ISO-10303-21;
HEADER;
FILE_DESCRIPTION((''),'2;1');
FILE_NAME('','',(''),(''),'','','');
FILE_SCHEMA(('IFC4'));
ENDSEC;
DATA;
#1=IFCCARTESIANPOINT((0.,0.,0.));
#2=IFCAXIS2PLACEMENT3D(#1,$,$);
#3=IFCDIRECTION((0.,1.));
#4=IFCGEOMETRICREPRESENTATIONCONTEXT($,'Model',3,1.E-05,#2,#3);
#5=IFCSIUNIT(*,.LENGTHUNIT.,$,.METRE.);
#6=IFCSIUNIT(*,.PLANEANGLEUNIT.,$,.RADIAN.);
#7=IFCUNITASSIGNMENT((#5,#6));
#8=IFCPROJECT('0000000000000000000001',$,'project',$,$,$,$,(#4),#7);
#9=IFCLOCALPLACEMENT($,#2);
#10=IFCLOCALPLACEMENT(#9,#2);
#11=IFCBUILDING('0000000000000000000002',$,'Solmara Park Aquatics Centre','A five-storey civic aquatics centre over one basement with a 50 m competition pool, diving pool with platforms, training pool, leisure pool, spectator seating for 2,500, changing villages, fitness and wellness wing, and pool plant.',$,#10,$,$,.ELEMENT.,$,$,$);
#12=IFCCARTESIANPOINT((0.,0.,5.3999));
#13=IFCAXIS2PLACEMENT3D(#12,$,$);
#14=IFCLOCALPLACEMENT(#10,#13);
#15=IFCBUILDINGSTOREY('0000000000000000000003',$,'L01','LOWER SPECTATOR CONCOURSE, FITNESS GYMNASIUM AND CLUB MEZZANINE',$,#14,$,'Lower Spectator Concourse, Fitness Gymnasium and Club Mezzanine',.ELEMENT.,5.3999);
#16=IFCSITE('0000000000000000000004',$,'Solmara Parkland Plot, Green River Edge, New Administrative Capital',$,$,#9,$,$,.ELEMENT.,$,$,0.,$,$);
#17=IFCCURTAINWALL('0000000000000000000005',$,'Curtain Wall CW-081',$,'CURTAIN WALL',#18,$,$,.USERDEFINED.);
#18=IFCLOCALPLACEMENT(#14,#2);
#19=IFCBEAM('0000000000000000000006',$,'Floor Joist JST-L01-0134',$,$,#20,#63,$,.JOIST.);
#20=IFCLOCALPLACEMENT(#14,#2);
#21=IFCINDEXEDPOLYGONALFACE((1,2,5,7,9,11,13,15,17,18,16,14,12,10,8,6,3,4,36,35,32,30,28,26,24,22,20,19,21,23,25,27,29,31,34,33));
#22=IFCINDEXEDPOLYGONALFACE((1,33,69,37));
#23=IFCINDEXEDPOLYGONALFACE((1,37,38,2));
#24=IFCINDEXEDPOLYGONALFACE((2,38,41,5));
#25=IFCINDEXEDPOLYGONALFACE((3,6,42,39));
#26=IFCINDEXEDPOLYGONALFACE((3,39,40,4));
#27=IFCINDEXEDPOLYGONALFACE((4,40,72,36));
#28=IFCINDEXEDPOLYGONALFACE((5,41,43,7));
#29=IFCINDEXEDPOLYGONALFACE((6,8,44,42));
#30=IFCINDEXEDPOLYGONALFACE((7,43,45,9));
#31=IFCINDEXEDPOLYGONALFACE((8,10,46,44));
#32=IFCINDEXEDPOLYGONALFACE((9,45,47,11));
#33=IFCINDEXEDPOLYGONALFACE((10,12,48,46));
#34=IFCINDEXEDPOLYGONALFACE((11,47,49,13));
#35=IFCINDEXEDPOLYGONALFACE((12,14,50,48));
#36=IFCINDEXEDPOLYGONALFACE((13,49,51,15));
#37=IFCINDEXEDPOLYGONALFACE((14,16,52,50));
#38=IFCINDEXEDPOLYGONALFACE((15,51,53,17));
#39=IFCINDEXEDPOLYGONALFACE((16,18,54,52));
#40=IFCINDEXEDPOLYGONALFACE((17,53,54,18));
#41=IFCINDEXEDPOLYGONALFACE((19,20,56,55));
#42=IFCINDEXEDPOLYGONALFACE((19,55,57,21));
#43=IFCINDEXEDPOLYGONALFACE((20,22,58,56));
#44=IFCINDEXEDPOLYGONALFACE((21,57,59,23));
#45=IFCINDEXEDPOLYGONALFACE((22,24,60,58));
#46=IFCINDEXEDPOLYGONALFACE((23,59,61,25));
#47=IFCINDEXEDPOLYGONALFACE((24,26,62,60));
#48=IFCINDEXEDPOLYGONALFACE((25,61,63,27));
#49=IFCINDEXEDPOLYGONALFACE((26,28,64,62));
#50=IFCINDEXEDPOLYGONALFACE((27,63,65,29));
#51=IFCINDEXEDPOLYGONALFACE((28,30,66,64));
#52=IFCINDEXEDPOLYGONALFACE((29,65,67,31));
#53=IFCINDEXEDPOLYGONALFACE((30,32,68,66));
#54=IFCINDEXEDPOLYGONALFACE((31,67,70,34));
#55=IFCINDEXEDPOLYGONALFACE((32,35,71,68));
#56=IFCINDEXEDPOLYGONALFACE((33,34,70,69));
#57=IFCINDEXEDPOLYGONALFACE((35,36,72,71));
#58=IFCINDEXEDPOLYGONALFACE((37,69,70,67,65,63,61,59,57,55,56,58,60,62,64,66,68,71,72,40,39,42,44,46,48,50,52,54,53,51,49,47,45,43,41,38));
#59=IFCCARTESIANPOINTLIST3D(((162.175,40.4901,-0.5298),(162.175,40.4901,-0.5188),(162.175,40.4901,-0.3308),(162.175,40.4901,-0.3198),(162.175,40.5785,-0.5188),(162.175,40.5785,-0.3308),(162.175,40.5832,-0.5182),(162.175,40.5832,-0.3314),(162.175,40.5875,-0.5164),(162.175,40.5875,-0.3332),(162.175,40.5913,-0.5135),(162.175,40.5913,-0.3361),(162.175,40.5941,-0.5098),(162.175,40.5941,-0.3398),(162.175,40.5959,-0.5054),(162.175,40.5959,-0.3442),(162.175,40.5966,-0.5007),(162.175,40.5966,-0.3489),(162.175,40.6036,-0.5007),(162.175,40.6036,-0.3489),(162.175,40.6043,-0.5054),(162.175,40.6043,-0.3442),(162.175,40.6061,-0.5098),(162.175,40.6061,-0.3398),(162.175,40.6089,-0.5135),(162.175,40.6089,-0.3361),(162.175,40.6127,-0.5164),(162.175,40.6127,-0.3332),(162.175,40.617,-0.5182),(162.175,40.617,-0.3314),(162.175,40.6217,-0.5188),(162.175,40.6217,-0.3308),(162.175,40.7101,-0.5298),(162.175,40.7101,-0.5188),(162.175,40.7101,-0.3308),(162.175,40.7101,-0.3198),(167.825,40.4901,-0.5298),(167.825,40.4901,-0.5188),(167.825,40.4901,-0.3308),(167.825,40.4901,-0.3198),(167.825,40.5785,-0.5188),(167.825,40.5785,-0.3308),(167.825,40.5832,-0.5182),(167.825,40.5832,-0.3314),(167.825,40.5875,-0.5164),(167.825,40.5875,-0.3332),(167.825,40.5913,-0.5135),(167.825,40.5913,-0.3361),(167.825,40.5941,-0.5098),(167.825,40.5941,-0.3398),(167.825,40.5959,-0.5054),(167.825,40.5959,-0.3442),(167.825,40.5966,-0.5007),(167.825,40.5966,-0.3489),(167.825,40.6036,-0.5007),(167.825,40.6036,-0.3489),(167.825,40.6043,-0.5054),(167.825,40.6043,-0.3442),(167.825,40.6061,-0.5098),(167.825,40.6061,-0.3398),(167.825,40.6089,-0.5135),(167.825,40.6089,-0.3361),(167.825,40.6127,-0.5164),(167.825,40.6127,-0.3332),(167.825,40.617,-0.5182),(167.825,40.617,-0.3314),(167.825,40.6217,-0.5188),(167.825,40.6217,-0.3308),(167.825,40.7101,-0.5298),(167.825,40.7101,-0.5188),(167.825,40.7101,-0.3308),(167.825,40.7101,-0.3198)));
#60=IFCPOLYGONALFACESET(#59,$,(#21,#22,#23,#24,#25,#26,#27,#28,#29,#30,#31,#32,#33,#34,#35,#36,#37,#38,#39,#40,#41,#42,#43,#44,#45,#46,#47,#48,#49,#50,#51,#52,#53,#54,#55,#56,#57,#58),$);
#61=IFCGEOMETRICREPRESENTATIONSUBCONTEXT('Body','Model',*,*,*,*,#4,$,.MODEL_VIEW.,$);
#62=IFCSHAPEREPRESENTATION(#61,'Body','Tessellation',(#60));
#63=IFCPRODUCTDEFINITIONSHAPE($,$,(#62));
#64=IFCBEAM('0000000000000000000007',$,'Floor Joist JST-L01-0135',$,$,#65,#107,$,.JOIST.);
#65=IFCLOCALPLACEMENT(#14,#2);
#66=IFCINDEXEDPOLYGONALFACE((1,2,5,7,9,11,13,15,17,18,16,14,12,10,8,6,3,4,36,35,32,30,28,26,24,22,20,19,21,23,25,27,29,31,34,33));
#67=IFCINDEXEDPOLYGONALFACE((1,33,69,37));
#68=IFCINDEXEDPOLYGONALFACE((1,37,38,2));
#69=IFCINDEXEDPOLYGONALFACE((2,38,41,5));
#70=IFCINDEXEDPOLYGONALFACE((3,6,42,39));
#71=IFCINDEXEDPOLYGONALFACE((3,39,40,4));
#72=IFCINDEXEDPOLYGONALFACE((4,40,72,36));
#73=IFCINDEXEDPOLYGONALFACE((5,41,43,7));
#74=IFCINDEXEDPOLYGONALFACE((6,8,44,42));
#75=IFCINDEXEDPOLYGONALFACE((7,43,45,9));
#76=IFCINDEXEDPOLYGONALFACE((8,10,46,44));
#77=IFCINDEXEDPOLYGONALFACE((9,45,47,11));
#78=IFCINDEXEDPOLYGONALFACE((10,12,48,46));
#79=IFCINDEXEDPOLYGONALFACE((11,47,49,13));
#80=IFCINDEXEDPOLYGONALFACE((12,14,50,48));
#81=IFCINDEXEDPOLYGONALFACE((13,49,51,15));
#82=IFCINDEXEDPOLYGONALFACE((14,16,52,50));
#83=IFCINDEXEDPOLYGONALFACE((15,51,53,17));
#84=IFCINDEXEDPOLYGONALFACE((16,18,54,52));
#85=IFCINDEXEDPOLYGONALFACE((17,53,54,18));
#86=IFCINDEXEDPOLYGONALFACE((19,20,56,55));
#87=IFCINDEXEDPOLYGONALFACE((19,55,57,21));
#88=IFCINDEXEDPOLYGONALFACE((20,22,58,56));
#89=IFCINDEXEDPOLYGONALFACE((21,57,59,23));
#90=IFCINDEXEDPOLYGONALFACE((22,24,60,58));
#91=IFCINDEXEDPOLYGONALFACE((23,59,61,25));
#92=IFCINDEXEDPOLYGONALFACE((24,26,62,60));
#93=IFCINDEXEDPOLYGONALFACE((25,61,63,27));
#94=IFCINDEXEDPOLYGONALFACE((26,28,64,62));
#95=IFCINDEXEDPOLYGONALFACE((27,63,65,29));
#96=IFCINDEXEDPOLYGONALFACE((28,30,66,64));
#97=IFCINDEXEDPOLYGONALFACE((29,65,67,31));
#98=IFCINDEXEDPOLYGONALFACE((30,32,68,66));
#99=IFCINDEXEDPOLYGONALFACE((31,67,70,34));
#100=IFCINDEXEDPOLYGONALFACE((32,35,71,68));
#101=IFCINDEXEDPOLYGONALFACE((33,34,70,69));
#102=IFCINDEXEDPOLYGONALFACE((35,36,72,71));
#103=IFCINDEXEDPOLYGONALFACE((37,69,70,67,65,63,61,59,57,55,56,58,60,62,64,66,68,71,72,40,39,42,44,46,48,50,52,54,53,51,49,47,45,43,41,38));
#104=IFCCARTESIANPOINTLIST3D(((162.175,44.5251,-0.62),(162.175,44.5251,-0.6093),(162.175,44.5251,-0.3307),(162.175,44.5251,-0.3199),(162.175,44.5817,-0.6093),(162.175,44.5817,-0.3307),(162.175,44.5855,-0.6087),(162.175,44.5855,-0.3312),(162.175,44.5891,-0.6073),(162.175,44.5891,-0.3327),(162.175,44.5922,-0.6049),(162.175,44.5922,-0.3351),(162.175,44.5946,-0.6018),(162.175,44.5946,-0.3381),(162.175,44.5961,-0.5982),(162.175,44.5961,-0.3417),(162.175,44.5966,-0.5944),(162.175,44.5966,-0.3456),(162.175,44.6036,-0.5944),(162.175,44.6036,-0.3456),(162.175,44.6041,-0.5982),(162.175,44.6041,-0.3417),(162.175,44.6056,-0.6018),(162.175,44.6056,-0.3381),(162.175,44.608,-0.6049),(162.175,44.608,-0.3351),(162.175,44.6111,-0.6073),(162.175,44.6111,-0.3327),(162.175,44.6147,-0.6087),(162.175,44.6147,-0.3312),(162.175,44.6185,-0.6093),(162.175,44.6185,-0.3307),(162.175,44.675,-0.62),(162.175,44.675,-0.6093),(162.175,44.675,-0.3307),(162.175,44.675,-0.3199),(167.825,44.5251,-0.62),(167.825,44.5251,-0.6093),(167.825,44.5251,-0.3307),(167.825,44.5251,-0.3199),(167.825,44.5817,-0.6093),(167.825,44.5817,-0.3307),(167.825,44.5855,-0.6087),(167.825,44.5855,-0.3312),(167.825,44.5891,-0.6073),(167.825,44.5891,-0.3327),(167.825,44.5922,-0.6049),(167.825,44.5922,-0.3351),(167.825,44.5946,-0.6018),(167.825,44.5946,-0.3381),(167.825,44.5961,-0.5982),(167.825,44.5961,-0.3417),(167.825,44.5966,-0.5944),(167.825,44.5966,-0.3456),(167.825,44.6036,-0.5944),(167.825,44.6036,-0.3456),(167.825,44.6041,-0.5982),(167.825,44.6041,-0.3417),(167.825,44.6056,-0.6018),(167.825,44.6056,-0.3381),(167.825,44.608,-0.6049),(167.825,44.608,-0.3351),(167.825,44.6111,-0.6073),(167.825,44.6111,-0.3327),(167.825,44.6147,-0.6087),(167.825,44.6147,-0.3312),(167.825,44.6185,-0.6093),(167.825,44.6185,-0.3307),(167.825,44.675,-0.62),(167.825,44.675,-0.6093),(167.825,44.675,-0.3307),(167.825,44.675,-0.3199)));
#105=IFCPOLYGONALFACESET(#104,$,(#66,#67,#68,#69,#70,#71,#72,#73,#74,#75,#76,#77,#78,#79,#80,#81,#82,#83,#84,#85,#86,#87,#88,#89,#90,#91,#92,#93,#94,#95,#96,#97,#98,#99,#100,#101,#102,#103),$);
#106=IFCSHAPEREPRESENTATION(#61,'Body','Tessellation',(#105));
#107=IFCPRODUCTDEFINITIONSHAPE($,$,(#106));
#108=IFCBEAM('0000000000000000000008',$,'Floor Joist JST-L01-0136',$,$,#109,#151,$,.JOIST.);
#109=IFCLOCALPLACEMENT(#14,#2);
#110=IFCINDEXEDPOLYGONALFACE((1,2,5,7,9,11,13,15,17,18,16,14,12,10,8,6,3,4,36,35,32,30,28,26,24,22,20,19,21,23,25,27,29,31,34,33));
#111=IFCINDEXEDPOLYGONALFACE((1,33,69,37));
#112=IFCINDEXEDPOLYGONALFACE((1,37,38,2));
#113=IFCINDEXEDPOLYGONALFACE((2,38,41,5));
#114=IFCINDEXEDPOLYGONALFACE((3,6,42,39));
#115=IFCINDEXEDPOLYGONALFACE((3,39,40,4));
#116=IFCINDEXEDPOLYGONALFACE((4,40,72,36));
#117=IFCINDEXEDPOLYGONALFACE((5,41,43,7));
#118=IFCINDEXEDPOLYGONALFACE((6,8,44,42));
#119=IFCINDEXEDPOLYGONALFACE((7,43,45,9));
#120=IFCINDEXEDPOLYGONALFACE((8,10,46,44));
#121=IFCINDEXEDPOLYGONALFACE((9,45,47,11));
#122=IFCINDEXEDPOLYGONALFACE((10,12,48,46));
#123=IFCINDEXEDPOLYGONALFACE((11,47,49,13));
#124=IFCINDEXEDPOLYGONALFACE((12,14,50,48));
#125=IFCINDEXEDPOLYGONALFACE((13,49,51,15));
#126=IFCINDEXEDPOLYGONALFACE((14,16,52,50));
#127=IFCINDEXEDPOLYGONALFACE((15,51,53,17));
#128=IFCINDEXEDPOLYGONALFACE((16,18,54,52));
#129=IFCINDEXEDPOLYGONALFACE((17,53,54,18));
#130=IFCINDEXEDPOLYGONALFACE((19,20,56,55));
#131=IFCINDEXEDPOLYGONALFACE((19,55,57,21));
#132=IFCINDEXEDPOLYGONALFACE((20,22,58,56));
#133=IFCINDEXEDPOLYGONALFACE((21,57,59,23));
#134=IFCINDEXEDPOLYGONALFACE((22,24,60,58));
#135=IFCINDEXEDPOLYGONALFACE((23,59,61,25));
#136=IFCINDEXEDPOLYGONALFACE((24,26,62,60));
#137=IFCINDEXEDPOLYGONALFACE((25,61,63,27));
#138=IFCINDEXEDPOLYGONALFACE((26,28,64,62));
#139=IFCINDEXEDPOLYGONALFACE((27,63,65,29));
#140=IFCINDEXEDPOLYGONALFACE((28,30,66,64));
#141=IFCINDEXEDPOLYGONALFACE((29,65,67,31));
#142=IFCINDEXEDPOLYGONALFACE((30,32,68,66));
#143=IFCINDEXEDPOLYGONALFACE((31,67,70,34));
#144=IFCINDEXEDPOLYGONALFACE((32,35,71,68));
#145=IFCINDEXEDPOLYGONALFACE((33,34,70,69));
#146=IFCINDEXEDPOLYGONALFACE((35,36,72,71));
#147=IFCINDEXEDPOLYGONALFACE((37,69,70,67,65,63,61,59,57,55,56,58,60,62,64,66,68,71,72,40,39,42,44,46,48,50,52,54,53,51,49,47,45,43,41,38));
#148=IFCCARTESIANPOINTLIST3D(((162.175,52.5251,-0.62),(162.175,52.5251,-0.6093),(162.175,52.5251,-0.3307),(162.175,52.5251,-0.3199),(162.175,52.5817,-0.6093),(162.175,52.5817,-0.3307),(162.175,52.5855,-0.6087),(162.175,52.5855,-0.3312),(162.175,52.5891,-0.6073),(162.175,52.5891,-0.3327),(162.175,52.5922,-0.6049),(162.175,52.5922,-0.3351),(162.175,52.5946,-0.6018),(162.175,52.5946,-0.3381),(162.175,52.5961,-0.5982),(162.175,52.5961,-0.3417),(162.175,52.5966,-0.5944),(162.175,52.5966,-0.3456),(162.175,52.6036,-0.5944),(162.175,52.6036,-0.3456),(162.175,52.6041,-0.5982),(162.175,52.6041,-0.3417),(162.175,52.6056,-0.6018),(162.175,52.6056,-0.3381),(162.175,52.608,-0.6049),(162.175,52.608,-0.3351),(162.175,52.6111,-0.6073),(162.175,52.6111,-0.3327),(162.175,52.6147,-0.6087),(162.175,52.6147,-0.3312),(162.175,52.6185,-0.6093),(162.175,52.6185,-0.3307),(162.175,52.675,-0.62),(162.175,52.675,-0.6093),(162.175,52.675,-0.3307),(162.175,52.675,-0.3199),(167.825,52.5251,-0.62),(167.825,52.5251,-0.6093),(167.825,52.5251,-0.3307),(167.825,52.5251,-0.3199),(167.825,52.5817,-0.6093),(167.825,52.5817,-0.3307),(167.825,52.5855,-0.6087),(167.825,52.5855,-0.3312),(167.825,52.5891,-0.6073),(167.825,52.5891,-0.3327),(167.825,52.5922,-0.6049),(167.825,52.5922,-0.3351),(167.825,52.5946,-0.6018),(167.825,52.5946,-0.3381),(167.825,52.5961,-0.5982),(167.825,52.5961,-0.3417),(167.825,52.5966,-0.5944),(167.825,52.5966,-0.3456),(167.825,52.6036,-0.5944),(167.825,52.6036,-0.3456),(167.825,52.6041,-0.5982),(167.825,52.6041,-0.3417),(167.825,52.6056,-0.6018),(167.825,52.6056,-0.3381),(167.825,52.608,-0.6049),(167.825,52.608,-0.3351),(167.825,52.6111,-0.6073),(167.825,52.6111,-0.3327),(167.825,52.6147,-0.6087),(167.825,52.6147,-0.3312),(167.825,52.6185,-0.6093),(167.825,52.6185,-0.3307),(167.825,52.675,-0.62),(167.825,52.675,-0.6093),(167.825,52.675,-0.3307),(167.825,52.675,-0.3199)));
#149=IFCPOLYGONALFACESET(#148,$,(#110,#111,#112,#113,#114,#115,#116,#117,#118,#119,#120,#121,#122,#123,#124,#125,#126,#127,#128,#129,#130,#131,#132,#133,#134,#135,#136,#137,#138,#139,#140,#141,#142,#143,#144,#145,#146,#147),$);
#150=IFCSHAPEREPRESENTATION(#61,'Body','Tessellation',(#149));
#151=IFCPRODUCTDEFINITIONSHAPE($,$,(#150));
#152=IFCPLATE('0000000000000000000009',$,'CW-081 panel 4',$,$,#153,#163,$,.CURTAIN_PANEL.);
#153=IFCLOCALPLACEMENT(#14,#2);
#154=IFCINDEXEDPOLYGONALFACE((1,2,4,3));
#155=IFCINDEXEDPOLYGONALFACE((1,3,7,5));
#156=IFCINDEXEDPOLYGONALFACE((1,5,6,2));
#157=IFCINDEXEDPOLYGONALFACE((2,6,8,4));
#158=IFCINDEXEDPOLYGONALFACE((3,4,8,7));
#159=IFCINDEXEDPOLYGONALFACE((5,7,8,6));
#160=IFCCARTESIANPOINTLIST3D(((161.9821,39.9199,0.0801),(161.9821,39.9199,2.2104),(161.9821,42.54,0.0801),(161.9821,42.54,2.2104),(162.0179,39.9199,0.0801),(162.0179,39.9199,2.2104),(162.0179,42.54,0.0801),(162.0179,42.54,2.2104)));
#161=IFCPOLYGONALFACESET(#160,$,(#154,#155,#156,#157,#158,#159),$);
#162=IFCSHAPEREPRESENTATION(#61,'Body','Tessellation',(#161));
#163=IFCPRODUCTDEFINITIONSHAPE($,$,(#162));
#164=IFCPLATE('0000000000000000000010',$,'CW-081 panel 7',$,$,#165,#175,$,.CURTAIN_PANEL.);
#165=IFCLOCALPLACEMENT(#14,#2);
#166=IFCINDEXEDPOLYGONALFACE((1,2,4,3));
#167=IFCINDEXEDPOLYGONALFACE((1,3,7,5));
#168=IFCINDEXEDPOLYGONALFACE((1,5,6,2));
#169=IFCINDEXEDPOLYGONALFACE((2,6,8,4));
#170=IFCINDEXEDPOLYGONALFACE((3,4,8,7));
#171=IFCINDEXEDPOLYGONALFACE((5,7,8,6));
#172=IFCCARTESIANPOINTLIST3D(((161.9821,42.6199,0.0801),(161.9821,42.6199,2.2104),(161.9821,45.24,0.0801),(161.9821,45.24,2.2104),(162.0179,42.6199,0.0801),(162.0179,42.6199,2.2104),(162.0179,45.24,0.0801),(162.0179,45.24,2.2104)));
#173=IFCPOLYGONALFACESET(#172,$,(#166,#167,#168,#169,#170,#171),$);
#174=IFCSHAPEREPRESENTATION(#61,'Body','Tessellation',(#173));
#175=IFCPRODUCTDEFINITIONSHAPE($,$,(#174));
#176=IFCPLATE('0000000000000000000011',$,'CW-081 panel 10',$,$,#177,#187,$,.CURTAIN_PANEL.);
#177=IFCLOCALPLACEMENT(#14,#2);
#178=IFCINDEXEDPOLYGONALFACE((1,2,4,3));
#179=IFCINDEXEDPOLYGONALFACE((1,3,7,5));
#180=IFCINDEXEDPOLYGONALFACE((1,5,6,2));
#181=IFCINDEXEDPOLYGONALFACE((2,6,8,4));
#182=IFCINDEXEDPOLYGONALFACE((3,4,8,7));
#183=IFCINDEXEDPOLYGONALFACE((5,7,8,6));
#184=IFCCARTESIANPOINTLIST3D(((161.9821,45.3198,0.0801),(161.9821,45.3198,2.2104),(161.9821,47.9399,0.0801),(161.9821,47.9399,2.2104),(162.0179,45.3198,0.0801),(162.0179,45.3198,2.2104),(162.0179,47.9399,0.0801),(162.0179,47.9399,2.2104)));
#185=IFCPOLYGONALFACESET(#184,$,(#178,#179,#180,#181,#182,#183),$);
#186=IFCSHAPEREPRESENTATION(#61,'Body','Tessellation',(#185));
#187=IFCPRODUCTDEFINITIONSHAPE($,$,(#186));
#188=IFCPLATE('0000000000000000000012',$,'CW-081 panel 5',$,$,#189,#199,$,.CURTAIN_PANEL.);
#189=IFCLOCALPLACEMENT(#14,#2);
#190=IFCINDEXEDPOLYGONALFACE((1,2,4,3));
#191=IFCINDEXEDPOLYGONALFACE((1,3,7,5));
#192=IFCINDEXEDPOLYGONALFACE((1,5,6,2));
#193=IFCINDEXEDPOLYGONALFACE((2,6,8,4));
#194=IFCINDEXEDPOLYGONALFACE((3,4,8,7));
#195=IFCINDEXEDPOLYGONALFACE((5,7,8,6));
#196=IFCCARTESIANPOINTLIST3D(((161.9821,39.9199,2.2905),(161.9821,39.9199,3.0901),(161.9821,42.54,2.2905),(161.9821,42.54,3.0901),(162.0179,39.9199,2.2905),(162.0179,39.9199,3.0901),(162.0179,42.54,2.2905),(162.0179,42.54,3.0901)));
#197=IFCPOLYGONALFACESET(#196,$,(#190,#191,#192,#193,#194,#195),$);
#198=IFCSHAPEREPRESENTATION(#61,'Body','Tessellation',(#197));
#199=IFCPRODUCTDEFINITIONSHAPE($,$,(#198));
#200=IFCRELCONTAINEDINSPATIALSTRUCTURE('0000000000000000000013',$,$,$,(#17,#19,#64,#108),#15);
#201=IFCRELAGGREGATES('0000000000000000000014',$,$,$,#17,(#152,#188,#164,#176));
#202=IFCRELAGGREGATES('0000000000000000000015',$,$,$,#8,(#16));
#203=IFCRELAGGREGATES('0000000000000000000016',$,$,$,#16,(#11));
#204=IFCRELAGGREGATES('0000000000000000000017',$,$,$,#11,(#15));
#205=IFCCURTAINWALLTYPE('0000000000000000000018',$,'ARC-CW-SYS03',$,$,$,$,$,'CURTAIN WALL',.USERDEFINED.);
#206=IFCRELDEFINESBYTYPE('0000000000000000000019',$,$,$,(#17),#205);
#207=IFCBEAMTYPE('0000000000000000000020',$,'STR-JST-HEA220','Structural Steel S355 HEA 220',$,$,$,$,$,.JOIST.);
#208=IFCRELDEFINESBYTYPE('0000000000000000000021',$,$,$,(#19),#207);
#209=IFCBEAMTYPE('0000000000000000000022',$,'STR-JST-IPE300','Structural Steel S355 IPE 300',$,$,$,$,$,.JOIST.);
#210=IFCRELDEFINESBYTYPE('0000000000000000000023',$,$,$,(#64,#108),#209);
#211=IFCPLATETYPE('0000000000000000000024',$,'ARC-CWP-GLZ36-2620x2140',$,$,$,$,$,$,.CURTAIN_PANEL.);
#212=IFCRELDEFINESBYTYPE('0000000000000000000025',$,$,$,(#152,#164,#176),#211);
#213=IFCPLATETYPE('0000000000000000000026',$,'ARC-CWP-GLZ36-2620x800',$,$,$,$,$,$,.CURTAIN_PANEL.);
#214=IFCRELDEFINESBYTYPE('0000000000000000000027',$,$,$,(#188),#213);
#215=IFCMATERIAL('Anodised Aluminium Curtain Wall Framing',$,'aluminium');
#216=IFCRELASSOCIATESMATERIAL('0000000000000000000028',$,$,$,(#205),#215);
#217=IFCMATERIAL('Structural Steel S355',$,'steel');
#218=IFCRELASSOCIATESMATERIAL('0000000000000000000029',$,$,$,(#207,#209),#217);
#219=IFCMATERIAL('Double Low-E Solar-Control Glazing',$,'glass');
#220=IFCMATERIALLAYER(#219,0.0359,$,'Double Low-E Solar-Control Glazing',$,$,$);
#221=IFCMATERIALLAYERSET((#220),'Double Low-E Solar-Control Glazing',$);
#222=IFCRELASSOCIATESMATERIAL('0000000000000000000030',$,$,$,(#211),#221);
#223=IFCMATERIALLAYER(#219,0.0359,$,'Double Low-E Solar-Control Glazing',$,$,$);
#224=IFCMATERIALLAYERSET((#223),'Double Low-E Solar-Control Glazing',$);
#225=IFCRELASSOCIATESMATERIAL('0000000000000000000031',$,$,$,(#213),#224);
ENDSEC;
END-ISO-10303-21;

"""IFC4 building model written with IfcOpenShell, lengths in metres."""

from ifc_helpers import new_model, si_unit, direction, frame, origin, origin_2d, place, context, subcontext, project, spatial, rectangle, i_section, extrude, material, layer, layer_set, material_profile, profile_set, type_object, element, aggregate, save


model = new_model("IFC4")

# Units and contexts
model_context = context("Model", 3, precision=1e-05, world=origin(), true_north=direction((0.0, 1.0)))
body_context = subcontext(model_context, "Body", "Model", "MODEL_VIEW")
ifc_project = project(units=[si_unit("LENGTHUNIT", "METRE"), si_unit("PLANEANGLEUNIT", "RADIAN")], contexts=[model_context])

# Site, building, storey
site_placement = place(None, origin())
site = spatial("IfcSite", under=ifc_project, at=site_placement, Name="Solmara Parkland Plot, Green River Edge, New Administrative Capital", CompositionType="ELEMENT", RefElevation=0.0)
building_placement = place(site_placement, origin())
building = spatial("IfcBuilding", under=site, at=building_placement, Name="Solmara Park Aquatics Centre", Description="A five-storey civic aquatics centre over one basement with a 50 m competition pool, diving pool with platforms, training pool, leisure pool, spectator seating for 2,500, changing villages, fitness and wellness wing, and pool plant.", CompositionType="ELEMENT")
storey_placement = place(building_placement, frame((0.0, 0.0, 5.3999)))
storey = spatial("IfcBuildingStorey", under=building, at=storey_placement, Name="L01", Description="LOWER SPECTATOR CONCOURSE, FITNESS GYMNASIUM AND CLUB MEZZANINE", LongName="Lower Spectator Concourse, Fitness Gymnasium and Club Mezzanine", CompositionType="ELEMENT", Elevation=5.3999)

# Shared definitions
ifc_material_1 = material(Name="Structural Steel S355", Category="steel")

# Curtain wall
ifc_material_2 = material(Name="Anodised Aluminium Curtain Wall Framing", Category="aluminium")
curtain_wall_type = type_object("IfcCurtainWallType", Name="ARC-CW-SYS03", ElementType="CURTAIN WALL", PredefinedType="USERDEFINED", material=ifc_material_2)
curtain_wall_placement = place(storey_placement, origin())
curtain_wall = element("IfcCurtainWall", 1, at=curtain_wall_placement, inside=storey, type_object=curtain_wall_type, Name="Curtain Wall CW-081", ObjectType="CURTAIN WALL", PredefinedType="USERDEFINED")

# Beams
ifc_material_profile_1 = material_profile(ifc_material_1, i_section(OverallWidth=0.22, OverallDepth=0.21, WebThickness=0.0071, FlangeThickness=0.011, FilletRadius=0.0181, at=origin_2d()), Name="HEA 220")
ifc_profile_set_1 = profile_set([ifc_material_profile_1], Name="Structural Steel S355")
beam_type_1 = type_object("IfcBeamType", Name="STR-JST-HEA220", Description="Structural Steel S355 HEA 220", PredefinedType="JOIST", material=ifc_profile_set_1)
beam_1_placement = place(storey_placement, frame((162.175, 40.6001, -0.4248), z_axis=(1.0, 0.0, 0.0), x_axis=(0.0, 1.0, 0.0)))
element("IfcBeam", 2, at=beam_1_placement, inside=storey, type_object=beam_type_1, Name="Floor Joist JST-L01-0134", PredefinedType="JOIST", context=body_context, shape_type="SweptSolid", body=[
    extrude(i_section(OverallWidth=0.22, OverallDepth=0.21, WebThickness=0.0071, FlangeThickness=0.011, FilletRadius=0.0181, at=origin_2d()), origin(), (0.0, 0.0, 1.0), 5.6499),
])
ifc_material_profile_2 = material_profile(ifc_material_1, i_section(OverallWidth=0.1499, OverallDepth=0.3, WebThickness=0.0071, FlangeThickness=0.0107, FilletRadius=0.0149, at=origin_2d()), Name="IPE 300")
ifc_profile_set_2 = profile_set([ifc_material_profile_2], Name="Structural Steel S355")
beam_type_2 = type_object("IfcBeamType", Name="STR-JST-IPE300", Description="Structural Steel S355 IPE 300", PredefinedType="JOIST", material=ifc_profile_set_2)
for number, where, z_axis, x_axis, name in (
    (3, (162.175, 44.6001, -0.47), (1.0, 0.0, 0.0), (0.0, 1.0, 0.0), "Floor Joist JST-L01-0135"),
    (4, (162.175, 52.6001, -0.47), (1.0, 0.0, 0.0), (0.0, 1.0, 0.0), "Floor Joist JST-L01-0136"),
):
    element("IfcBeam", number, at=place(storey_placement, frame(where, z_axis=z_axis, x_axis=x_axis)), inside=storey, type_object=beam_type_2, Name=name, PredefinedType="JOIST", context=body_context, shape_type="SweptSolid", body=[
        extrude(i_section(OverallWidth=0.1499, OverallDepth=0.3, WebThickness=0.0071, FlangeThickness=0.0107, FilletRadius=0.0149, at=origin_2d()), origin(), (0.0, 0.0, 1.0), 5.6499),
    ])

# Plates
ifc_material_3 = material(Name="Double Low-E Solar-Control Glazing", Category="glass")
ifc_layer_1 = layer(ifc_material_3, 0.0359, Name="Double Low-E Solar-Control Glazing")
ifc_layer_set_1 = layer_set([ifc_layer_1], Name="Double Low-E Solar-Control Glazing")
plate_type_1 = type_object("IfcPlateType", Name="ARC-CWP-GLZ36-2620x2140", PredefinedType="CURTAIN_PANEL", material=ifc_layer_set_1)
plate_1_placement = place(storey_placement, frame((162.0, 41.23, 0.0801), z_axis=(0.0, 0.0, 1.0), x_axis=(0.0, 1.0, 0.0)))
plate_1 = element("IfcPlate", 5, at=plate_1_placement, type_object=plate_type_1, Name="CW-081 panel 4", PredefinedType="CURTAIN_PANEL", context=body_context, shape_type="SweptSolid", body=[
    extrude(rectangle(XDim=2.6201, YDim=0.0359, at=origin_2d()), origin(), (0.0, 0.0, 1.0), 2.1304),
])
plate_2_placement = place(storey_placement, frame((162.0, 43.9299, 0.0801), z_axis=(0.0, 0.0, 1.0), x_axis=(0.0, 1.0, 0.0)))
plate_2 = element("IfcPlate", 6, at=plate_2_placement, type_object=plate_type_1, Name="CW-081 panel 7", PredefinedType="CURTAIN_PANEL", context=body_context, shape_type="SweptSolid", body=[
    extrude(rectangle(XDim=2.6201, YDim=0.0359, at=origin_2d()), origin(), (0.0, 0.0, 1.0), 2.1304),
])
plate_3_placement = place(storey_placement, frame((162.0, 46.6299, 0.0801), z_axis=(0.0, 0.0, 1.0), x_axis=(0.0, 1.0, 0.0)))
plate_3 = element("IfcPlate", 7, at=plate_3_placement, type_object=plate_type_1, Name="CW-081 panel 10", PredefinedType="CURTAIN_PANEL", context=body_context, shape_type="SweptSolid", body=[
    extrude(rectangle(XDim=2.6201, YDim=0.0359, at=origin_2d()), origin(), (0.0, 0.0, 1.0), 2.1304),
])
ifc_layer_2 = layer(ifc_material_3, 0.0359, Name="Double Low-E Solar-Control Glazing")
ifc_layer_set_2 = layer_set([ifc_layer_2], Name="Double Low-E Solar-Control Glazing")
plate_type_2 = type_object("IfcPlateType", Name="ARC-CWP-GLZ36-2620x800", PredefinedType="CURTAIN_PANEL", material=ifc_layer_set_2)
plate_4_placement = place(storey_placement, frame((162.0, 41.23, 2.2905), z_axis=(0.0, 0.0, 1.0), x_axis=(0.0, 1.0, 0.0)))
plate_4 = element("IfcPlate", 8, at=plate_4_placement, type_object=plate_type_2, Name="CW-081 panel 5", PredefinedType="CURTAIN_PANEL", context=body_context, shape_type="SweptSolid", body=[
    extrude(rectangle(XDim=2.6201, YDim=0.0359, at=origin_2d()), origin(), (0.0, 0.0, 1.0), 0.7996),
])
aggregate(curtain_wall, [plate_1, plate_4, plate_2, plate_3])

save(model, "model.ifc")
